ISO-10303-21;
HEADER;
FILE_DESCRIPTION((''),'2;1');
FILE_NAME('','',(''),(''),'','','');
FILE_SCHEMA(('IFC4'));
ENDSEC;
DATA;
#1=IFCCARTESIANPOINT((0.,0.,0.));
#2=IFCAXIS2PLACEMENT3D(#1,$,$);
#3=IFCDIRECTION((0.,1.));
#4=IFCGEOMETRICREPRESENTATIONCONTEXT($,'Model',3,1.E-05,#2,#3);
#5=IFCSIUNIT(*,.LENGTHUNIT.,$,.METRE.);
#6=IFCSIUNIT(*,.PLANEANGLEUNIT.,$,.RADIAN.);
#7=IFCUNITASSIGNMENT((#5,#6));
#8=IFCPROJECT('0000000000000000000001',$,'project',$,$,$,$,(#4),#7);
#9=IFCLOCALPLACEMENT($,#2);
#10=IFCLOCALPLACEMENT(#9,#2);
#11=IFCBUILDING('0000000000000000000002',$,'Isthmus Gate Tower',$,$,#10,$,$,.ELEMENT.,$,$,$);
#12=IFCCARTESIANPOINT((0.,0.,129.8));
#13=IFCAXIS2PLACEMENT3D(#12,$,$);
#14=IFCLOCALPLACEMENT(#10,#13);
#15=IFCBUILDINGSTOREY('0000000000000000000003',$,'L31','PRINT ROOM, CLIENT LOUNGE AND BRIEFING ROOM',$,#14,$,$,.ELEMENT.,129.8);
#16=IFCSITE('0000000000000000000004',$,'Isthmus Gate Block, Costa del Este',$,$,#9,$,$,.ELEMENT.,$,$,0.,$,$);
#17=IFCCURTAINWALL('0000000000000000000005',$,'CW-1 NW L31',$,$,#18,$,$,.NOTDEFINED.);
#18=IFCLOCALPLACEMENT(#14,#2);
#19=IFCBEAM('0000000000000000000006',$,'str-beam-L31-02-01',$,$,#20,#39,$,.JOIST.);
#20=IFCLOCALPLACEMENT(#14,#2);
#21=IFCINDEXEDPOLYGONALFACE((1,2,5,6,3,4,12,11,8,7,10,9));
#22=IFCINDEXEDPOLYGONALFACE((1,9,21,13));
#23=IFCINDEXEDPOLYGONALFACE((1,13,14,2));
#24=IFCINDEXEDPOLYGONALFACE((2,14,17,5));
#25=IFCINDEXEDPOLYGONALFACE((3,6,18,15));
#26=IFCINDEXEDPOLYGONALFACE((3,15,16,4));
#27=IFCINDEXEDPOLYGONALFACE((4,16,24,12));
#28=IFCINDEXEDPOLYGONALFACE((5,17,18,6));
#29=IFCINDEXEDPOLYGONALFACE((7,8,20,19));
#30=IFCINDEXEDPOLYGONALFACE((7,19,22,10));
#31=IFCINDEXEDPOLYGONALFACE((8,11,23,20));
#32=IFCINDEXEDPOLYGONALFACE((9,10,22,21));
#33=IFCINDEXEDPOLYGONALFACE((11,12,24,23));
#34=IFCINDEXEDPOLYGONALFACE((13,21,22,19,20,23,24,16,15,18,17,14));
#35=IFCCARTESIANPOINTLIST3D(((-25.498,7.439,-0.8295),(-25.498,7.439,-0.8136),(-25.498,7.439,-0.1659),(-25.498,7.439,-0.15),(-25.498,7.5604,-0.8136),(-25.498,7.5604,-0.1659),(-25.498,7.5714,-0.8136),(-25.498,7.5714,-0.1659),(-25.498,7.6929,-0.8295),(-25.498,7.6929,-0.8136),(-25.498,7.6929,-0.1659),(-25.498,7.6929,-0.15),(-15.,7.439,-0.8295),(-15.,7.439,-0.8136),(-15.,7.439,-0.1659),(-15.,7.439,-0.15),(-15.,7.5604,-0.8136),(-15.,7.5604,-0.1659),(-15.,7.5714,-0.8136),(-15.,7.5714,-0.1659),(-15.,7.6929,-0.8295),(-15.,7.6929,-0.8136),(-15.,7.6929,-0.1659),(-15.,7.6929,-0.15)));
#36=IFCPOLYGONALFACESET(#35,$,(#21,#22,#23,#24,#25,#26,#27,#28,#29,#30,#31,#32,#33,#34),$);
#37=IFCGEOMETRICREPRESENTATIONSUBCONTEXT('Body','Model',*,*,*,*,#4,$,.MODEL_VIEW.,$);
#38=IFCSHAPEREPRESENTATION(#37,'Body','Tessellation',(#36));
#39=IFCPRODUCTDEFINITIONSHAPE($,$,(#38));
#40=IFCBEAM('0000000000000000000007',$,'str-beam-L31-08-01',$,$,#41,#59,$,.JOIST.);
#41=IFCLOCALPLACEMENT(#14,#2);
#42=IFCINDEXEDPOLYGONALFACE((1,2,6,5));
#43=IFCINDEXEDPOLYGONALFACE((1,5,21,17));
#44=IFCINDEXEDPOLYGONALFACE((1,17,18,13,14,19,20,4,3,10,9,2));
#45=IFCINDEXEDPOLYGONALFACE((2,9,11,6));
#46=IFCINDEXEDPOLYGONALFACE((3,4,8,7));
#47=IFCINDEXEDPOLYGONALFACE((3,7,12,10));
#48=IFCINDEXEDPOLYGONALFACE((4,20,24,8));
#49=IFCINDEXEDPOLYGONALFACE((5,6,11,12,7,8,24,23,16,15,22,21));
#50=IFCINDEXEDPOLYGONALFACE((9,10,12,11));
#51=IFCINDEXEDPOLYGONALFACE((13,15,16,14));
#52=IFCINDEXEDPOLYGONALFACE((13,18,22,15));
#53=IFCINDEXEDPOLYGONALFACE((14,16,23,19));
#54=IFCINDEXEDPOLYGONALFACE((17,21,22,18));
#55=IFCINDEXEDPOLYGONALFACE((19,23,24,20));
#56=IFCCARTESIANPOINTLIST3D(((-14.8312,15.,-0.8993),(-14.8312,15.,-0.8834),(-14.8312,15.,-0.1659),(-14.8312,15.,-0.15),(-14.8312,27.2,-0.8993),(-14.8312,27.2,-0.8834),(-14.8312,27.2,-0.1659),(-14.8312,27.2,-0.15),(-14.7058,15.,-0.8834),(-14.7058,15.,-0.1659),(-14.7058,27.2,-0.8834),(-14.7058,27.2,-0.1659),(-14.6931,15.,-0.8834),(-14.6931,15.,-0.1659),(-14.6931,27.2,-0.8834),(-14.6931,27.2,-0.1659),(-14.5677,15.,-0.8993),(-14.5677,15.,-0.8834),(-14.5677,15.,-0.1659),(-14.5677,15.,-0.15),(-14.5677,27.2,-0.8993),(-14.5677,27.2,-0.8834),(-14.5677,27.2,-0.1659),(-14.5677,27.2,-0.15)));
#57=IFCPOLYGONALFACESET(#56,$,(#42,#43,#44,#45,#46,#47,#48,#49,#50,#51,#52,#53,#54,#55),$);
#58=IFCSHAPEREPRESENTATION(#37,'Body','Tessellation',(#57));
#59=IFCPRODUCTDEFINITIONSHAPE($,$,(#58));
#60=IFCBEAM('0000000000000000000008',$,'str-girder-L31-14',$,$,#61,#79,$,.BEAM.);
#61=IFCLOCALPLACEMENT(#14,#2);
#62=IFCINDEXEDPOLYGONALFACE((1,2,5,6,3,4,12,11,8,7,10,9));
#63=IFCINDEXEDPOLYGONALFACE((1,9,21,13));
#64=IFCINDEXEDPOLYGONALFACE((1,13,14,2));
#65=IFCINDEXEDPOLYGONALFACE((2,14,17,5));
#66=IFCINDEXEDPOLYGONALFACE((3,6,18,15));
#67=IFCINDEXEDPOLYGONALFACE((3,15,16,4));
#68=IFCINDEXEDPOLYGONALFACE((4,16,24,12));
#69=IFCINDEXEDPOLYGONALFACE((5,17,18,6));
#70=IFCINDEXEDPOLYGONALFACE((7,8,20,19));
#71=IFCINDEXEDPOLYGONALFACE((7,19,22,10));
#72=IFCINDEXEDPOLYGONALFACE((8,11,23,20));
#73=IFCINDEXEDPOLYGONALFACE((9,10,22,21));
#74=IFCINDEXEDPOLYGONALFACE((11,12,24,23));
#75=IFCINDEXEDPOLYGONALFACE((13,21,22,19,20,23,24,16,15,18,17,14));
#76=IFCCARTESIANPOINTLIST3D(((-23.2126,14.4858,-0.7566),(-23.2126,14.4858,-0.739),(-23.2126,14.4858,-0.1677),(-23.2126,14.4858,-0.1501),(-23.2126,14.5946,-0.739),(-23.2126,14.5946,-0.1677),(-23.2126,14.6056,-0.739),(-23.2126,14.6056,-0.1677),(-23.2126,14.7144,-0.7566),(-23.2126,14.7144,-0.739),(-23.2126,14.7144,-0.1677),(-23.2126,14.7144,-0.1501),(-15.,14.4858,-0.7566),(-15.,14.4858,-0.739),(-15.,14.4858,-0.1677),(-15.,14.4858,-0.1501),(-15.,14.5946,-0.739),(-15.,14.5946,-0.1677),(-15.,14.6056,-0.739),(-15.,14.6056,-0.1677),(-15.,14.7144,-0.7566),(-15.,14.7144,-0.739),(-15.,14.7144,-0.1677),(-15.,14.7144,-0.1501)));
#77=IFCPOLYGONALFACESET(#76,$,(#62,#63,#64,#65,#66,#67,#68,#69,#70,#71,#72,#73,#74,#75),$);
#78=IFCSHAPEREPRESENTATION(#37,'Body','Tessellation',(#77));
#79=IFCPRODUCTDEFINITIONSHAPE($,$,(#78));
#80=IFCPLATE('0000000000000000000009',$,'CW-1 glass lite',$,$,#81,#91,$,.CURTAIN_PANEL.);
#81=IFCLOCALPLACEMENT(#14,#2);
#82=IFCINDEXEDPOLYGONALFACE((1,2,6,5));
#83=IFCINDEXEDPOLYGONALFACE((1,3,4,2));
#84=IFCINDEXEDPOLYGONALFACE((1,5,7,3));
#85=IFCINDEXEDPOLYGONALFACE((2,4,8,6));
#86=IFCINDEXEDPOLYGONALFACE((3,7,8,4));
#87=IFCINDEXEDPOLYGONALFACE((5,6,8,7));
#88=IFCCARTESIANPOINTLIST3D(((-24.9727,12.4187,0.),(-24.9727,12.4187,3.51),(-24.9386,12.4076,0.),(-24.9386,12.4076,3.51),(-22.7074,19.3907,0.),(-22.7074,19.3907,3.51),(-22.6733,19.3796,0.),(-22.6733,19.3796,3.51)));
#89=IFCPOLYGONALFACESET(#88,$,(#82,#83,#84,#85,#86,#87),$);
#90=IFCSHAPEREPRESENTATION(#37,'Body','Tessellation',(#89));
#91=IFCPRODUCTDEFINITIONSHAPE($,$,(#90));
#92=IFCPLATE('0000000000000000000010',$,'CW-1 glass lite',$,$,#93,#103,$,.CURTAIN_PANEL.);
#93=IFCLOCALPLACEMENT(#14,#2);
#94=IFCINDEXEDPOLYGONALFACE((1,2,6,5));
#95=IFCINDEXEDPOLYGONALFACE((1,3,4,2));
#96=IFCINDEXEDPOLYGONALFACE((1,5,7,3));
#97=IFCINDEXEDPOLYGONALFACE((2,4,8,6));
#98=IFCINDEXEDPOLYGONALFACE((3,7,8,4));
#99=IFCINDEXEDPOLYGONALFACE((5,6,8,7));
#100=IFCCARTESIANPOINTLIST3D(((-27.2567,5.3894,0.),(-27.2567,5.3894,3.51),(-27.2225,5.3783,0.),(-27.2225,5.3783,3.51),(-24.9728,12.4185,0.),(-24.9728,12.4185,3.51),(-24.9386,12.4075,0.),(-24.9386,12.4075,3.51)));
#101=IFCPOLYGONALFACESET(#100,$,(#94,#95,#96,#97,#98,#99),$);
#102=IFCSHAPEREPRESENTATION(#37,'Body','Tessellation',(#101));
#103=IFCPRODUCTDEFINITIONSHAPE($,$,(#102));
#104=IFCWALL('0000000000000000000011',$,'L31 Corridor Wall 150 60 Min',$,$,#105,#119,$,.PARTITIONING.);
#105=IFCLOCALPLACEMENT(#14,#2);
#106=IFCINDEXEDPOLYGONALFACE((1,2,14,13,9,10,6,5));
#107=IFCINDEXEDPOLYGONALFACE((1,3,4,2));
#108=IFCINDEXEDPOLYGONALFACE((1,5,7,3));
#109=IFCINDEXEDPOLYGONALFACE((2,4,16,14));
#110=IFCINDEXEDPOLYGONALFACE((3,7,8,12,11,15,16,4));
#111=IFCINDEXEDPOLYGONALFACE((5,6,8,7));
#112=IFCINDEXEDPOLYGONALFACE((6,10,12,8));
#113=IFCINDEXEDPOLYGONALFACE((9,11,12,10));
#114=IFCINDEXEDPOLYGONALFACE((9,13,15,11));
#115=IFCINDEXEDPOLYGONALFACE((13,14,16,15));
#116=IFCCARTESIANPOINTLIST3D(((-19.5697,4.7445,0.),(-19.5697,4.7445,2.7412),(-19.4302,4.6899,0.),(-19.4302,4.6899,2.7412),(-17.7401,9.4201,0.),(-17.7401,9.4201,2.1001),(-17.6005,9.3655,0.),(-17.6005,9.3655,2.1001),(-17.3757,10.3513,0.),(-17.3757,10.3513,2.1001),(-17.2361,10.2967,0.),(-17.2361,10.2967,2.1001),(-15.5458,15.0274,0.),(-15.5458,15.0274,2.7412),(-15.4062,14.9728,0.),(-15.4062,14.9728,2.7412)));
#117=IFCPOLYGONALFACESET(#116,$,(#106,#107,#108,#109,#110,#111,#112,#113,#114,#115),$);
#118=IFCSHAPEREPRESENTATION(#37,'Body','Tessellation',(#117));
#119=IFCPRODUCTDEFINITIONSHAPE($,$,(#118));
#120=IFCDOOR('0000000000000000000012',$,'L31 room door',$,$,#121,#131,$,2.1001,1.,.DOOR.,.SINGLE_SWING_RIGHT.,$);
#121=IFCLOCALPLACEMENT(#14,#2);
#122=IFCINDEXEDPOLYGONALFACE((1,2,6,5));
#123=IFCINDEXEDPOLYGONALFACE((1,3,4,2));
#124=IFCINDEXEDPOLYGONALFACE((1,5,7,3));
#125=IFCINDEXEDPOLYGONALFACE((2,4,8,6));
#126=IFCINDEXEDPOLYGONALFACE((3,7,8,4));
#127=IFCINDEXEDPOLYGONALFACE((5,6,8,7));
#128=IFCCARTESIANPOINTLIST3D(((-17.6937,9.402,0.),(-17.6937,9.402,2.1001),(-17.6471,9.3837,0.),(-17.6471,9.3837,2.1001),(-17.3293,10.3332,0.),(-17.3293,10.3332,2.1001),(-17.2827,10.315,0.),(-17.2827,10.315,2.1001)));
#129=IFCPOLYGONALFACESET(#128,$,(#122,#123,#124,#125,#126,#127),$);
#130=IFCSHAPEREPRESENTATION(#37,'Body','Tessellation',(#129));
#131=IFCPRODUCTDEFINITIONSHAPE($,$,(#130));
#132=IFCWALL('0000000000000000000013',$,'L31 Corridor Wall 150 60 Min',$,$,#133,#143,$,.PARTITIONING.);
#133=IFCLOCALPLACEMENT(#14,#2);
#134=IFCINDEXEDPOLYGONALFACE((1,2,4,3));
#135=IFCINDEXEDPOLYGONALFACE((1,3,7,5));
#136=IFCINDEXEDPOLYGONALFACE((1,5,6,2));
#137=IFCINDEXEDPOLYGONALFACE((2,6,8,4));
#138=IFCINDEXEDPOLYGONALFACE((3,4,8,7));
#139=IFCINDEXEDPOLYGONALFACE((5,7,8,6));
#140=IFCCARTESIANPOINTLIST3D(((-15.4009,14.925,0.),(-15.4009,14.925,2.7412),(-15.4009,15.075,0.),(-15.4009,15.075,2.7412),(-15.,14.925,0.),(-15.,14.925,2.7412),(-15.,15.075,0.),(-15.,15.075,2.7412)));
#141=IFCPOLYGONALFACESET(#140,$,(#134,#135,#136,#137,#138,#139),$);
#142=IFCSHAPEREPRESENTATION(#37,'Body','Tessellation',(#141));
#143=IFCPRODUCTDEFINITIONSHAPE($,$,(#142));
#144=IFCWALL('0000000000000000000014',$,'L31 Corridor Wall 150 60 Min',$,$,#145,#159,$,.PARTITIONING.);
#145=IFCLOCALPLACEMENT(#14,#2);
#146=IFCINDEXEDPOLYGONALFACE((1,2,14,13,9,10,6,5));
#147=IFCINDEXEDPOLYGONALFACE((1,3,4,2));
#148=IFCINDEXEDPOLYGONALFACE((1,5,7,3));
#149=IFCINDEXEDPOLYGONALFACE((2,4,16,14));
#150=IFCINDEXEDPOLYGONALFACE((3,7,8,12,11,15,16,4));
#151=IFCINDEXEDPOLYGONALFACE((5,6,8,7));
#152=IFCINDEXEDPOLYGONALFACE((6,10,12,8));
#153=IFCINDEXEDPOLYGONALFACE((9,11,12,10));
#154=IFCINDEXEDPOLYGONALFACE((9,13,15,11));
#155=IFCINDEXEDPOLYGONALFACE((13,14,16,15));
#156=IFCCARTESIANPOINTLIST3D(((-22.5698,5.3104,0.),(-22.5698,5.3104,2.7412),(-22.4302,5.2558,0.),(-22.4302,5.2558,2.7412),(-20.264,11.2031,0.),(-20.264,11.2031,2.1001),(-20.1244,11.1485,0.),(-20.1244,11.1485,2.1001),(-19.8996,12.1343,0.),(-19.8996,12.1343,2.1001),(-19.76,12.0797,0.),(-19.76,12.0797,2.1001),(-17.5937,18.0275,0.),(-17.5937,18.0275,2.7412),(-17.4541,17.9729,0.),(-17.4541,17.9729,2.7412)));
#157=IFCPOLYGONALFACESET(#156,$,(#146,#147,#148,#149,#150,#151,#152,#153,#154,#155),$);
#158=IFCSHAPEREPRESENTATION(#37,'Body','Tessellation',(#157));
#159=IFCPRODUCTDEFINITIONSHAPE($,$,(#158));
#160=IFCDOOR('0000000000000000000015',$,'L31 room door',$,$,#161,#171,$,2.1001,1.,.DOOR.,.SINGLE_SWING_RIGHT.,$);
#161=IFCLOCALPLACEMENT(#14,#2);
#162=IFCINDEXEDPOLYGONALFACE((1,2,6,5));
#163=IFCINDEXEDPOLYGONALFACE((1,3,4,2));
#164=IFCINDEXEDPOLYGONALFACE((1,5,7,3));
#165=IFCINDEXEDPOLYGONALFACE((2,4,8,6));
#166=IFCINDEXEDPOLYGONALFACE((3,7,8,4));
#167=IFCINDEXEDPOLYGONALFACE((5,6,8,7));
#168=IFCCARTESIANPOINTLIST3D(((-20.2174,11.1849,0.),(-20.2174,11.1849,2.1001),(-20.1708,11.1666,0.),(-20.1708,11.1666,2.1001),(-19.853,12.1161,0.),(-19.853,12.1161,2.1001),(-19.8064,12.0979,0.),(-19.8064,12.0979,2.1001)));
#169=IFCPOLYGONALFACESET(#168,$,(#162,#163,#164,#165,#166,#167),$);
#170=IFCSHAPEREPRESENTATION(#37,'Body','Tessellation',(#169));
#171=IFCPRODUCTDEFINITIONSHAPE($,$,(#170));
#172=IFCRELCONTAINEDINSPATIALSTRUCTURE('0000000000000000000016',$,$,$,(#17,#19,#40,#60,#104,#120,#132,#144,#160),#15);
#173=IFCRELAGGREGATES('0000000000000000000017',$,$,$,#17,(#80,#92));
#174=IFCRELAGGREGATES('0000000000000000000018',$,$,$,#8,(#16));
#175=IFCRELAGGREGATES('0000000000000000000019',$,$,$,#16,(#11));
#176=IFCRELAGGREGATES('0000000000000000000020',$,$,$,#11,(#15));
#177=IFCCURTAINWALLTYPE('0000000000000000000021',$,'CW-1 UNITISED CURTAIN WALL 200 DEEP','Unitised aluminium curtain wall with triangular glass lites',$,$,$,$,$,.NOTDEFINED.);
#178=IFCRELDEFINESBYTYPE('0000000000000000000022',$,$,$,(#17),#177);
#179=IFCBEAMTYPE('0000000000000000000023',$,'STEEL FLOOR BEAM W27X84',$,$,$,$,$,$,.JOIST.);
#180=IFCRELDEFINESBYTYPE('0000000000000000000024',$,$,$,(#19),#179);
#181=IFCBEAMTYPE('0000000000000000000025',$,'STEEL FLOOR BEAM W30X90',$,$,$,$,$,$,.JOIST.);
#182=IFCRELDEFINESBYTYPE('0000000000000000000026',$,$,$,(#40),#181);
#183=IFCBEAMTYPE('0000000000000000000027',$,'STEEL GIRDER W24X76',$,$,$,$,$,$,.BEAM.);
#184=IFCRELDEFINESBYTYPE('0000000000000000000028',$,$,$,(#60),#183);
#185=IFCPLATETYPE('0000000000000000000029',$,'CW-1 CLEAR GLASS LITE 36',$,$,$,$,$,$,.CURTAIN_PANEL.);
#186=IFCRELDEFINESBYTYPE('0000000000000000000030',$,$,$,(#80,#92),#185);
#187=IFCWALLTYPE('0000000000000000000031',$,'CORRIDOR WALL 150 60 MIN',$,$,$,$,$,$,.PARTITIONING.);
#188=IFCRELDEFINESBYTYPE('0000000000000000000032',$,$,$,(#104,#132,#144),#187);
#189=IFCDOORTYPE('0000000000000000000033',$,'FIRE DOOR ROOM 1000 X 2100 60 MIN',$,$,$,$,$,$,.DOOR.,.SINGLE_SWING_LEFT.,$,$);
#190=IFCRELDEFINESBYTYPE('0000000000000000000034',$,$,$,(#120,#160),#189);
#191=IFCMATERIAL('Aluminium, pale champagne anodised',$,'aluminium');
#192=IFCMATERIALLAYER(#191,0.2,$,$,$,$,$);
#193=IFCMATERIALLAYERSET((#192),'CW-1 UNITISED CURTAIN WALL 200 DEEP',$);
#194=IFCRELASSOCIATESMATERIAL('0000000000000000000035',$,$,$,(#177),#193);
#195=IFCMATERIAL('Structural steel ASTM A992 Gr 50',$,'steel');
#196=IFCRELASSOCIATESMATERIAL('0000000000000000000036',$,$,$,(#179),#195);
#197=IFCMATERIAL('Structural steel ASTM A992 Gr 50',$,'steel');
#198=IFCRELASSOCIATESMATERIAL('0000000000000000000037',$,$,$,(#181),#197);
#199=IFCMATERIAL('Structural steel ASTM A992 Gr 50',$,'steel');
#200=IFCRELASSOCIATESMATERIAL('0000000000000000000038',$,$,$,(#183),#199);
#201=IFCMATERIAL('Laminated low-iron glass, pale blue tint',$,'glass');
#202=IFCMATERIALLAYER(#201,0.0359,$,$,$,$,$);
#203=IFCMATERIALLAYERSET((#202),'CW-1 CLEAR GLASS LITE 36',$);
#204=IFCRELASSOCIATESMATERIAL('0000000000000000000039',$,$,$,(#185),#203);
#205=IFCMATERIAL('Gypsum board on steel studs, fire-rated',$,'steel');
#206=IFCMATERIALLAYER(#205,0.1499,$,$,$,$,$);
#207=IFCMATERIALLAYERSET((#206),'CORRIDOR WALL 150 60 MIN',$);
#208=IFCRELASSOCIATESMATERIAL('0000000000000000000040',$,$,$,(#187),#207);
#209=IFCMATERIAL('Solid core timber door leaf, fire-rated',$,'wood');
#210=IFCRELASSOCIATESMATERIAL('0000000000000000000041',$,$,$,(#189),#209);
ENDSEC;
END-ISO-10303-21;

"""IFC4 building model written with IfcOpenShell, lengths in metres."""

from ifc_helpers import new_model, si_unit, direction, frame, frame_2d, origin, origin_2d, place, context, subcontext, project, spatial, rectangle, i_section, extrude, material, layer, layer_set, material_profile, profile_set, type_object, element, fill, aggregate, save


model = new_model("IFC4")

# Units and contexts
model_context = context("Model", 3, precision=1e-05, world=origin(), true_north=direction((0.0, 1.0)))
body_context = subcontext(model_context, "Body", "Model", "MODEL_VIEW")
ifc_project = project(units=[si_unit("LENGTHUNIT", "METRE"), si_unit("PLANEANGLEUNIT", "RADIAN")], contexts=[model_context])

# Site, building, storey
site_placement = place(None, origin())
site = spatial("IfcSite", under=ifc_project, at=site_placement, Name="Isthmus Gate Block, Costa del Este", CompositionType="ELEMENT", RefElevation=0.0)
building_placement = place(site_placement, origin())
building = spatial("IfcBuilding", under=site, at=building_placement, Name="Isthmus Gate Tower", CompositionType="ELEMENT")
storey_placement = place(building_placement, frame((0.0, 0.0, 129.8)))
storey = spatial("IfcBuildingStorey", under=building, at=storey_placement, Name="L31", Description="PRINT ROOM, CLIENT LOUNGE AND BRIEFING ROOM", CompositionType="ELEMENT", Elevation=129.8)

# Curtain wall
ifc_material_1 = material(Name="Aluminium, pale champagne anodised", Category="aluminium")
ifc_layer_1 = layer(ifc_material_1, 0.2)
ifc_layer_set_1 = layer_set([ifc_layer_1], Name="CW-1 UNITISED CURTAIN WALL 200 DEEP")
curtain_wall_type = type_object("IfcCurtainWallType", Name="CW-1 UNITISED CURTAIN WALL 200 DEEP", Description="Unitised aluminium curtain wall with triangular glass lites", PredefinedType="NOTDEFINED", material=ifc_layer_set_1)
curtain_wall_placement = place(storey_placement, origin())
curtain_wall = element("IfcCurtainWall", 1, at=curtain_wall_placement, inside=storey, type_object=curtain_wall_type, Name="CW-1 NW L31", PredefinedType="NOTDEFINED")

# Beams
ifc_material_2 = material(Name="Structural steel ASTM A992 Gr 50", Category="steel")
ifc_material_profile_1 = material_profile(ifc_material_2, i_section(OverallWidth=0.2539, OverallDepth=0.6794, WebThickness=0.011, FlangeThickness=0.0159, at=origin_2d()), Name="W27X84")
ifc_profile_set_1 = profile_set([ifc_material_profile_1], Name="Structural steel ASTM A992 Gr 50")
beam_type_1 = type_object("IfcBeamType", Name="STEEL FLOOR BEAM W27X84", PredefinedType="JOIST", material=ifc_profile_set_1)
beam_1_placement = place(storey_placement, frame((-25.498, 7.5659, -0.4897), z_axis=(1.0, 0.0, 0.0), x_axis=(0.0, 1.0, 0.0)))
element("IfcBeam", 2, at=beam_1_placement, inside=storey, type_object=beam_type_1, Name="str-beam-L31-02-01", PredefinedType="JOIST", context=body_context, shape_type="SweptSolid", body=[
    extrude(i_section(OverallWidth=0.2539, OverallDepth=0.6794, WebThickness=0.011, FlangeThickness=0.0159, at=origin_2d()), origin(), (0.0, 0.0, 1.0), 10.498),
])
ifc_material_3 = material(Name="Structural steel ASTM A992 Gr 50", Category="steel")
ifc_material_profile_2 = material_profile(ifc_material_3, i_section(OverallWidth=0.2634, OverallDepth=0.7493, WebThickness=0.0127, FlangeThickness=0.0159, at=origin_2d()), Name="W30X90")
ifc_profile_set_2 = profile_set([ifc_material_profile_2], Name="Structural steel ASTM A992 Gr 50")
beam_type_2 = type_object("IfcBeamType", Name="STEEL FLOOR BEAM W30X90", PredefinedType="JOIST", material=ifc_profile_set_2)
beam_2_placement = place(storey_placement, frame((-14.6995, 15.0, -0.5247), z_axis=(0.0, 1.0, 0.0), x_axis=(-1.0, 0.0, 0.0)))
element("IfcBeam", 3, at=beam_2_placement, inside=storey, type_object=beam_type_2, Name="str-beam-L31-08-01", PredefinedType="JOIST", context=body_context, shape_type="SweptSolid", body=[
    extrude(i_section(OverallWidth=0.2634, OverallDepth=0.7493, WebThickness=0.0127, FlangeThickness=0.0159, at=origin_2d()), origin(), (0.0, 0.0, 1.0), 12.2),
])
ifc_material_4 = material(Name="Structural steel ASTM A992 Gr 50", Category="steel")
ifc_material_profile_3 = material_profile(ifc_material_4, i_section(OverallWidth=0.2285, OverallDepth=0.6064, WebThickness=0.011, FlangeThickness=0.0176, at=origin_2d()), Name="W24X76")
ifc_profile_set_3 = profile_set([ifc_material_profile_3], Name="Structural steel ASTM A992 Gr 50")
beam_type_3 = type_object("IfcBeamType", Name="STEEL GIRDER W24X76", PredefinedType="BEAM", material=ifc_profile_set_3)
beam_3_placement = place(storey_placement, frame((-15.0, 14.6001, -0.4534), z_axis=(-1.0, 0.0, 0.0), x_axis=(0.0, -1.0, 0.0)))
element("IfcBeam", 4, at=beam_3_placement, inside=storey, type_object=beam_type_3, Name="str-girder-L31-14", PredefinedType="BEAM", context=body_context, shape_type="SweptSolid", body=[
    extrude(i_section(OverallWidth=0.2285, OverallDepth=0.6064, WebThickness=0.011, FlangeThickness=0.0176, at=origin_2d()), origin(), (0.0, 0.0, 1.0), 8.2126),
])

# Plates
ifc_material_5 = material(Name="Laminated low-iron glass, pale blue tint", Category="glass")
ifc_layer_2 = layer(ifc_material_5, 0.0359)
ifc_layer_set_2 = layer_set([ifc_layer_2], Name="CW-1 CLEAR GLASS LITE 36")
plate_type = type_object("IfcPlateType", Name="CW-1 CLEAR GLASS LITE 36", PredefinedType="CURTAIN_PANEL", material=ifc_layer_set_2)
plate_1_placement = place(storey_placement, frame((-23.823, 15.8992, 0.0), z_axis=(0.0, 0.0, 1.0), x_axis=(-0.309017, -0.951057, 0.0)))
plate_1 = element("IfcPlate", 5, at=plate_1_placement, type_object=plate_type, Name="CW-1 glass lite", PredefinedType="CURTAIN_PANEL", context=body_context, shape_type="SweptSolid", body=[
    extrude(rectangle(XDim=7.3308, YDim=0.0359, at=origin_2d()), origin(), (0.0, 0.0, 1.0), 3.51),
])
plate_2_placement = place(storey_placement, frame((-26.0977, 8.8984, 0.0), z_axis=(0.0, 0.0, 1.0), x_axis=(-0.309017, -0.951057, 0.0)))
plate_2 = element("IfcPlate", 6, at=plate_2_placement, type_object=plate_type, Name="CW-1 glass lite", PredefinedType="CURTAIN_PANEL", context=body_context, shape_type="SweptSolid", body=[
    extrude(rectangle(XDim=7.3909, YDim=0.0359, at=origin_2d()), origin(), (0.0, 0.0, 1.0), 3.51),
])
aggregate(curtain_wall, [plate_1, plate_2])

# Wall, opening, door
ifc_material_6 = material(Name="Gypsum board on steel studs, fire-rated", Category="steel")
ifc_layer_3 = layer(ifc_material_6, 0.1499)
ifc_layer_set_3 = layer_set([ifc_layer_3], Name="CORRIDOR WALL 150 60 MIN")
wall_type_1 = type_object("IfcWallType", Name="CORRIDOR WALL 150 60 MIN", PredefinedType="PARTITIONING", material=ifc_layer_set_3)
wall_1_placement = place(storey_placement, frame((-15.4761, 15.0, 0.0), z_axis=(0.0, 0.0, 1.0), x_axis=(-0.364412, -0.931238, 0.0)))
wall_1 = element("IfcWall", 7, at=wall_1_placement, inside=storey, type_object=wall_type_1, Name="L31 Corridor Wall 150 60 Min", PredefinedType="PARTITIONING", context=body_context, shape_type="SweptSolid", body=[
    extrude(rectangle(XDim=11.0422, YDim=0.1499, at=frame_2d((5.521, 0.0))), origin(), (0.0, 0.0, 1.0), 2.7412),
])
opening_1_placement = place(wall_1_placement, frame((5.0212, 0.0, 0.0)))
opening_1 = element("IfcOpeningElement", 8, at=opening_1_placement, cuts=wall_1, PredefinedType="OPENING", context=body_context, shape_type="SweptSolid", body=[
    extrude(rectangle(XDim=1.0, YDim=2.1001, at=frame_2d((0.5, 1.05))), frame((0.0, 0.085, 0.0), z_axis=(0.0, -1.0, 0.0), x_axis=(1.0, 0.0, 0.0)), (0.0, 0.0, 1.0), 0.1699),
])
ifc_material_7 = material(Name="Solid core timber door leaf, fire-rated", Category="wood")
door_type_1 = type_object("IfcDoorType", Name="FIRE DOOR ROOM 1000 X 2100 60 MIN", OperationType="SINGLE_SWING_LEFT", PredefinedType="DOOR", material=ifc_material_7)
door_1_placement = place(opening_1_placement, origin())
door_1 = element("IfcDoor", 9, at=door_1_placement, inside=storey, type_object=door_type_1, Name="L31 room door", OperationType="SINGLE_SWING_RIGHT", OverallHeight=2.1001, OverallWidth=1.0, PredefinedType="DOOR", context=body_context, shape_type="SweptSolid", body=[
    extrude(rectangle(XDim=1.0, YDim=2.1001, at=frame_2d((0.5, 1.05))), frame((0.0, 0.0249, 0.0), z_axis=(0.0, -1.0, 0.0), x_axis=(1.0, 0.0, 0.0)), (0.0, 0.0, 1.0), 0.05),
])
fill(opening_1, door_1)

# Wall
wall_2_placement = place(storey_placement, frame((-15.0, 15.0, 0.0), z_axis=(0.0, 0.0, 1.0), x_axis=(-1.0, 0.0, 0.0)))
element("IfcWall", 10, at=wall_2_placement, inside=storey, type_object=wall_type_1, Name="L31 Corridor Wall 150 60 Min", PredefinedType="PARTITIONING", context=body_context, shape_type="SweptSolid", body=[
    extrude(rectangle(XDim=0.4009, YDim=0.1499, at=frame_2d((0.2004, 0.0))), origin(), (0.0, 0.0, 1.0), 2.7412),
])

# Wall, opening, door
wall_3_placement = place(storey_placement, frame((-22.5, 5.283, 0.0), z_axis=(0.0, 0.0, 1.0), x_axis=(0.364389, 0.931247, 0.0)))
wall_3 = element("IfcWall", 11, at=wall_3_placement, inside=storey, type_object=wall_type_1, Name="L31 Corridor Wall 150 60 Min", PredefinedType="PARTITIONING", context=body_context, shape_type="SweptSolid", body=[
    extrude(rectangle(XDim=13.656, YDim=0.1499, at=frame_2d((6.8281, 0.0))), origin(), (0.0, 0.0, 1.0), 2.7412),
])
opening_2_placement = place(wall_3_placement, frame((6.3279, 0.0, 0.0)))
opening_2 = element("IfcOpeningElement", 12, at=opening_2_placement, cuts=wall_3, PredefinedType="OPENING", context=body_context, shape_type="SweptSolid", body=[
    extrude(rectangle(XDim=1.0, YDim=2.1001, at=frame_2d((0.5, 1.05))), frame((0.0, 0.085, 0.0), z_axis=(0.0, -1.0, 0.0), x_axis=(1.0, 0.0, 0.0)), (0.0, 0.0, 1.0), 0.1699),
])
door_2_placement = place(opening_2_placement, origin())
door_2 = element("IfcDoor", 13, at=door_2_placement, inside=storey, type_object=door_type_1, Name="L31 room door", OperationType="SINGLE_SWING_RIGHT", OverallHeight=2.1001, OverallWidth=1.0, PredefinedType="DOOR", context=body_context, shape_type="SweptSolid", body=[
    extrude(rectangle(XDim=1.0, YDim=2.1001, at=frame_2d((0.5, 1.05))), frame((0.0, 0.0249, 0.0), z_axis=(0.0, -1.0, 0.0), x_axis=(1.0, 0.0, 0.0)), (0.0, 0.0, 1.0), 0.05),
])
fill(opening_2, door_2)

save(model, "model.ifc")
